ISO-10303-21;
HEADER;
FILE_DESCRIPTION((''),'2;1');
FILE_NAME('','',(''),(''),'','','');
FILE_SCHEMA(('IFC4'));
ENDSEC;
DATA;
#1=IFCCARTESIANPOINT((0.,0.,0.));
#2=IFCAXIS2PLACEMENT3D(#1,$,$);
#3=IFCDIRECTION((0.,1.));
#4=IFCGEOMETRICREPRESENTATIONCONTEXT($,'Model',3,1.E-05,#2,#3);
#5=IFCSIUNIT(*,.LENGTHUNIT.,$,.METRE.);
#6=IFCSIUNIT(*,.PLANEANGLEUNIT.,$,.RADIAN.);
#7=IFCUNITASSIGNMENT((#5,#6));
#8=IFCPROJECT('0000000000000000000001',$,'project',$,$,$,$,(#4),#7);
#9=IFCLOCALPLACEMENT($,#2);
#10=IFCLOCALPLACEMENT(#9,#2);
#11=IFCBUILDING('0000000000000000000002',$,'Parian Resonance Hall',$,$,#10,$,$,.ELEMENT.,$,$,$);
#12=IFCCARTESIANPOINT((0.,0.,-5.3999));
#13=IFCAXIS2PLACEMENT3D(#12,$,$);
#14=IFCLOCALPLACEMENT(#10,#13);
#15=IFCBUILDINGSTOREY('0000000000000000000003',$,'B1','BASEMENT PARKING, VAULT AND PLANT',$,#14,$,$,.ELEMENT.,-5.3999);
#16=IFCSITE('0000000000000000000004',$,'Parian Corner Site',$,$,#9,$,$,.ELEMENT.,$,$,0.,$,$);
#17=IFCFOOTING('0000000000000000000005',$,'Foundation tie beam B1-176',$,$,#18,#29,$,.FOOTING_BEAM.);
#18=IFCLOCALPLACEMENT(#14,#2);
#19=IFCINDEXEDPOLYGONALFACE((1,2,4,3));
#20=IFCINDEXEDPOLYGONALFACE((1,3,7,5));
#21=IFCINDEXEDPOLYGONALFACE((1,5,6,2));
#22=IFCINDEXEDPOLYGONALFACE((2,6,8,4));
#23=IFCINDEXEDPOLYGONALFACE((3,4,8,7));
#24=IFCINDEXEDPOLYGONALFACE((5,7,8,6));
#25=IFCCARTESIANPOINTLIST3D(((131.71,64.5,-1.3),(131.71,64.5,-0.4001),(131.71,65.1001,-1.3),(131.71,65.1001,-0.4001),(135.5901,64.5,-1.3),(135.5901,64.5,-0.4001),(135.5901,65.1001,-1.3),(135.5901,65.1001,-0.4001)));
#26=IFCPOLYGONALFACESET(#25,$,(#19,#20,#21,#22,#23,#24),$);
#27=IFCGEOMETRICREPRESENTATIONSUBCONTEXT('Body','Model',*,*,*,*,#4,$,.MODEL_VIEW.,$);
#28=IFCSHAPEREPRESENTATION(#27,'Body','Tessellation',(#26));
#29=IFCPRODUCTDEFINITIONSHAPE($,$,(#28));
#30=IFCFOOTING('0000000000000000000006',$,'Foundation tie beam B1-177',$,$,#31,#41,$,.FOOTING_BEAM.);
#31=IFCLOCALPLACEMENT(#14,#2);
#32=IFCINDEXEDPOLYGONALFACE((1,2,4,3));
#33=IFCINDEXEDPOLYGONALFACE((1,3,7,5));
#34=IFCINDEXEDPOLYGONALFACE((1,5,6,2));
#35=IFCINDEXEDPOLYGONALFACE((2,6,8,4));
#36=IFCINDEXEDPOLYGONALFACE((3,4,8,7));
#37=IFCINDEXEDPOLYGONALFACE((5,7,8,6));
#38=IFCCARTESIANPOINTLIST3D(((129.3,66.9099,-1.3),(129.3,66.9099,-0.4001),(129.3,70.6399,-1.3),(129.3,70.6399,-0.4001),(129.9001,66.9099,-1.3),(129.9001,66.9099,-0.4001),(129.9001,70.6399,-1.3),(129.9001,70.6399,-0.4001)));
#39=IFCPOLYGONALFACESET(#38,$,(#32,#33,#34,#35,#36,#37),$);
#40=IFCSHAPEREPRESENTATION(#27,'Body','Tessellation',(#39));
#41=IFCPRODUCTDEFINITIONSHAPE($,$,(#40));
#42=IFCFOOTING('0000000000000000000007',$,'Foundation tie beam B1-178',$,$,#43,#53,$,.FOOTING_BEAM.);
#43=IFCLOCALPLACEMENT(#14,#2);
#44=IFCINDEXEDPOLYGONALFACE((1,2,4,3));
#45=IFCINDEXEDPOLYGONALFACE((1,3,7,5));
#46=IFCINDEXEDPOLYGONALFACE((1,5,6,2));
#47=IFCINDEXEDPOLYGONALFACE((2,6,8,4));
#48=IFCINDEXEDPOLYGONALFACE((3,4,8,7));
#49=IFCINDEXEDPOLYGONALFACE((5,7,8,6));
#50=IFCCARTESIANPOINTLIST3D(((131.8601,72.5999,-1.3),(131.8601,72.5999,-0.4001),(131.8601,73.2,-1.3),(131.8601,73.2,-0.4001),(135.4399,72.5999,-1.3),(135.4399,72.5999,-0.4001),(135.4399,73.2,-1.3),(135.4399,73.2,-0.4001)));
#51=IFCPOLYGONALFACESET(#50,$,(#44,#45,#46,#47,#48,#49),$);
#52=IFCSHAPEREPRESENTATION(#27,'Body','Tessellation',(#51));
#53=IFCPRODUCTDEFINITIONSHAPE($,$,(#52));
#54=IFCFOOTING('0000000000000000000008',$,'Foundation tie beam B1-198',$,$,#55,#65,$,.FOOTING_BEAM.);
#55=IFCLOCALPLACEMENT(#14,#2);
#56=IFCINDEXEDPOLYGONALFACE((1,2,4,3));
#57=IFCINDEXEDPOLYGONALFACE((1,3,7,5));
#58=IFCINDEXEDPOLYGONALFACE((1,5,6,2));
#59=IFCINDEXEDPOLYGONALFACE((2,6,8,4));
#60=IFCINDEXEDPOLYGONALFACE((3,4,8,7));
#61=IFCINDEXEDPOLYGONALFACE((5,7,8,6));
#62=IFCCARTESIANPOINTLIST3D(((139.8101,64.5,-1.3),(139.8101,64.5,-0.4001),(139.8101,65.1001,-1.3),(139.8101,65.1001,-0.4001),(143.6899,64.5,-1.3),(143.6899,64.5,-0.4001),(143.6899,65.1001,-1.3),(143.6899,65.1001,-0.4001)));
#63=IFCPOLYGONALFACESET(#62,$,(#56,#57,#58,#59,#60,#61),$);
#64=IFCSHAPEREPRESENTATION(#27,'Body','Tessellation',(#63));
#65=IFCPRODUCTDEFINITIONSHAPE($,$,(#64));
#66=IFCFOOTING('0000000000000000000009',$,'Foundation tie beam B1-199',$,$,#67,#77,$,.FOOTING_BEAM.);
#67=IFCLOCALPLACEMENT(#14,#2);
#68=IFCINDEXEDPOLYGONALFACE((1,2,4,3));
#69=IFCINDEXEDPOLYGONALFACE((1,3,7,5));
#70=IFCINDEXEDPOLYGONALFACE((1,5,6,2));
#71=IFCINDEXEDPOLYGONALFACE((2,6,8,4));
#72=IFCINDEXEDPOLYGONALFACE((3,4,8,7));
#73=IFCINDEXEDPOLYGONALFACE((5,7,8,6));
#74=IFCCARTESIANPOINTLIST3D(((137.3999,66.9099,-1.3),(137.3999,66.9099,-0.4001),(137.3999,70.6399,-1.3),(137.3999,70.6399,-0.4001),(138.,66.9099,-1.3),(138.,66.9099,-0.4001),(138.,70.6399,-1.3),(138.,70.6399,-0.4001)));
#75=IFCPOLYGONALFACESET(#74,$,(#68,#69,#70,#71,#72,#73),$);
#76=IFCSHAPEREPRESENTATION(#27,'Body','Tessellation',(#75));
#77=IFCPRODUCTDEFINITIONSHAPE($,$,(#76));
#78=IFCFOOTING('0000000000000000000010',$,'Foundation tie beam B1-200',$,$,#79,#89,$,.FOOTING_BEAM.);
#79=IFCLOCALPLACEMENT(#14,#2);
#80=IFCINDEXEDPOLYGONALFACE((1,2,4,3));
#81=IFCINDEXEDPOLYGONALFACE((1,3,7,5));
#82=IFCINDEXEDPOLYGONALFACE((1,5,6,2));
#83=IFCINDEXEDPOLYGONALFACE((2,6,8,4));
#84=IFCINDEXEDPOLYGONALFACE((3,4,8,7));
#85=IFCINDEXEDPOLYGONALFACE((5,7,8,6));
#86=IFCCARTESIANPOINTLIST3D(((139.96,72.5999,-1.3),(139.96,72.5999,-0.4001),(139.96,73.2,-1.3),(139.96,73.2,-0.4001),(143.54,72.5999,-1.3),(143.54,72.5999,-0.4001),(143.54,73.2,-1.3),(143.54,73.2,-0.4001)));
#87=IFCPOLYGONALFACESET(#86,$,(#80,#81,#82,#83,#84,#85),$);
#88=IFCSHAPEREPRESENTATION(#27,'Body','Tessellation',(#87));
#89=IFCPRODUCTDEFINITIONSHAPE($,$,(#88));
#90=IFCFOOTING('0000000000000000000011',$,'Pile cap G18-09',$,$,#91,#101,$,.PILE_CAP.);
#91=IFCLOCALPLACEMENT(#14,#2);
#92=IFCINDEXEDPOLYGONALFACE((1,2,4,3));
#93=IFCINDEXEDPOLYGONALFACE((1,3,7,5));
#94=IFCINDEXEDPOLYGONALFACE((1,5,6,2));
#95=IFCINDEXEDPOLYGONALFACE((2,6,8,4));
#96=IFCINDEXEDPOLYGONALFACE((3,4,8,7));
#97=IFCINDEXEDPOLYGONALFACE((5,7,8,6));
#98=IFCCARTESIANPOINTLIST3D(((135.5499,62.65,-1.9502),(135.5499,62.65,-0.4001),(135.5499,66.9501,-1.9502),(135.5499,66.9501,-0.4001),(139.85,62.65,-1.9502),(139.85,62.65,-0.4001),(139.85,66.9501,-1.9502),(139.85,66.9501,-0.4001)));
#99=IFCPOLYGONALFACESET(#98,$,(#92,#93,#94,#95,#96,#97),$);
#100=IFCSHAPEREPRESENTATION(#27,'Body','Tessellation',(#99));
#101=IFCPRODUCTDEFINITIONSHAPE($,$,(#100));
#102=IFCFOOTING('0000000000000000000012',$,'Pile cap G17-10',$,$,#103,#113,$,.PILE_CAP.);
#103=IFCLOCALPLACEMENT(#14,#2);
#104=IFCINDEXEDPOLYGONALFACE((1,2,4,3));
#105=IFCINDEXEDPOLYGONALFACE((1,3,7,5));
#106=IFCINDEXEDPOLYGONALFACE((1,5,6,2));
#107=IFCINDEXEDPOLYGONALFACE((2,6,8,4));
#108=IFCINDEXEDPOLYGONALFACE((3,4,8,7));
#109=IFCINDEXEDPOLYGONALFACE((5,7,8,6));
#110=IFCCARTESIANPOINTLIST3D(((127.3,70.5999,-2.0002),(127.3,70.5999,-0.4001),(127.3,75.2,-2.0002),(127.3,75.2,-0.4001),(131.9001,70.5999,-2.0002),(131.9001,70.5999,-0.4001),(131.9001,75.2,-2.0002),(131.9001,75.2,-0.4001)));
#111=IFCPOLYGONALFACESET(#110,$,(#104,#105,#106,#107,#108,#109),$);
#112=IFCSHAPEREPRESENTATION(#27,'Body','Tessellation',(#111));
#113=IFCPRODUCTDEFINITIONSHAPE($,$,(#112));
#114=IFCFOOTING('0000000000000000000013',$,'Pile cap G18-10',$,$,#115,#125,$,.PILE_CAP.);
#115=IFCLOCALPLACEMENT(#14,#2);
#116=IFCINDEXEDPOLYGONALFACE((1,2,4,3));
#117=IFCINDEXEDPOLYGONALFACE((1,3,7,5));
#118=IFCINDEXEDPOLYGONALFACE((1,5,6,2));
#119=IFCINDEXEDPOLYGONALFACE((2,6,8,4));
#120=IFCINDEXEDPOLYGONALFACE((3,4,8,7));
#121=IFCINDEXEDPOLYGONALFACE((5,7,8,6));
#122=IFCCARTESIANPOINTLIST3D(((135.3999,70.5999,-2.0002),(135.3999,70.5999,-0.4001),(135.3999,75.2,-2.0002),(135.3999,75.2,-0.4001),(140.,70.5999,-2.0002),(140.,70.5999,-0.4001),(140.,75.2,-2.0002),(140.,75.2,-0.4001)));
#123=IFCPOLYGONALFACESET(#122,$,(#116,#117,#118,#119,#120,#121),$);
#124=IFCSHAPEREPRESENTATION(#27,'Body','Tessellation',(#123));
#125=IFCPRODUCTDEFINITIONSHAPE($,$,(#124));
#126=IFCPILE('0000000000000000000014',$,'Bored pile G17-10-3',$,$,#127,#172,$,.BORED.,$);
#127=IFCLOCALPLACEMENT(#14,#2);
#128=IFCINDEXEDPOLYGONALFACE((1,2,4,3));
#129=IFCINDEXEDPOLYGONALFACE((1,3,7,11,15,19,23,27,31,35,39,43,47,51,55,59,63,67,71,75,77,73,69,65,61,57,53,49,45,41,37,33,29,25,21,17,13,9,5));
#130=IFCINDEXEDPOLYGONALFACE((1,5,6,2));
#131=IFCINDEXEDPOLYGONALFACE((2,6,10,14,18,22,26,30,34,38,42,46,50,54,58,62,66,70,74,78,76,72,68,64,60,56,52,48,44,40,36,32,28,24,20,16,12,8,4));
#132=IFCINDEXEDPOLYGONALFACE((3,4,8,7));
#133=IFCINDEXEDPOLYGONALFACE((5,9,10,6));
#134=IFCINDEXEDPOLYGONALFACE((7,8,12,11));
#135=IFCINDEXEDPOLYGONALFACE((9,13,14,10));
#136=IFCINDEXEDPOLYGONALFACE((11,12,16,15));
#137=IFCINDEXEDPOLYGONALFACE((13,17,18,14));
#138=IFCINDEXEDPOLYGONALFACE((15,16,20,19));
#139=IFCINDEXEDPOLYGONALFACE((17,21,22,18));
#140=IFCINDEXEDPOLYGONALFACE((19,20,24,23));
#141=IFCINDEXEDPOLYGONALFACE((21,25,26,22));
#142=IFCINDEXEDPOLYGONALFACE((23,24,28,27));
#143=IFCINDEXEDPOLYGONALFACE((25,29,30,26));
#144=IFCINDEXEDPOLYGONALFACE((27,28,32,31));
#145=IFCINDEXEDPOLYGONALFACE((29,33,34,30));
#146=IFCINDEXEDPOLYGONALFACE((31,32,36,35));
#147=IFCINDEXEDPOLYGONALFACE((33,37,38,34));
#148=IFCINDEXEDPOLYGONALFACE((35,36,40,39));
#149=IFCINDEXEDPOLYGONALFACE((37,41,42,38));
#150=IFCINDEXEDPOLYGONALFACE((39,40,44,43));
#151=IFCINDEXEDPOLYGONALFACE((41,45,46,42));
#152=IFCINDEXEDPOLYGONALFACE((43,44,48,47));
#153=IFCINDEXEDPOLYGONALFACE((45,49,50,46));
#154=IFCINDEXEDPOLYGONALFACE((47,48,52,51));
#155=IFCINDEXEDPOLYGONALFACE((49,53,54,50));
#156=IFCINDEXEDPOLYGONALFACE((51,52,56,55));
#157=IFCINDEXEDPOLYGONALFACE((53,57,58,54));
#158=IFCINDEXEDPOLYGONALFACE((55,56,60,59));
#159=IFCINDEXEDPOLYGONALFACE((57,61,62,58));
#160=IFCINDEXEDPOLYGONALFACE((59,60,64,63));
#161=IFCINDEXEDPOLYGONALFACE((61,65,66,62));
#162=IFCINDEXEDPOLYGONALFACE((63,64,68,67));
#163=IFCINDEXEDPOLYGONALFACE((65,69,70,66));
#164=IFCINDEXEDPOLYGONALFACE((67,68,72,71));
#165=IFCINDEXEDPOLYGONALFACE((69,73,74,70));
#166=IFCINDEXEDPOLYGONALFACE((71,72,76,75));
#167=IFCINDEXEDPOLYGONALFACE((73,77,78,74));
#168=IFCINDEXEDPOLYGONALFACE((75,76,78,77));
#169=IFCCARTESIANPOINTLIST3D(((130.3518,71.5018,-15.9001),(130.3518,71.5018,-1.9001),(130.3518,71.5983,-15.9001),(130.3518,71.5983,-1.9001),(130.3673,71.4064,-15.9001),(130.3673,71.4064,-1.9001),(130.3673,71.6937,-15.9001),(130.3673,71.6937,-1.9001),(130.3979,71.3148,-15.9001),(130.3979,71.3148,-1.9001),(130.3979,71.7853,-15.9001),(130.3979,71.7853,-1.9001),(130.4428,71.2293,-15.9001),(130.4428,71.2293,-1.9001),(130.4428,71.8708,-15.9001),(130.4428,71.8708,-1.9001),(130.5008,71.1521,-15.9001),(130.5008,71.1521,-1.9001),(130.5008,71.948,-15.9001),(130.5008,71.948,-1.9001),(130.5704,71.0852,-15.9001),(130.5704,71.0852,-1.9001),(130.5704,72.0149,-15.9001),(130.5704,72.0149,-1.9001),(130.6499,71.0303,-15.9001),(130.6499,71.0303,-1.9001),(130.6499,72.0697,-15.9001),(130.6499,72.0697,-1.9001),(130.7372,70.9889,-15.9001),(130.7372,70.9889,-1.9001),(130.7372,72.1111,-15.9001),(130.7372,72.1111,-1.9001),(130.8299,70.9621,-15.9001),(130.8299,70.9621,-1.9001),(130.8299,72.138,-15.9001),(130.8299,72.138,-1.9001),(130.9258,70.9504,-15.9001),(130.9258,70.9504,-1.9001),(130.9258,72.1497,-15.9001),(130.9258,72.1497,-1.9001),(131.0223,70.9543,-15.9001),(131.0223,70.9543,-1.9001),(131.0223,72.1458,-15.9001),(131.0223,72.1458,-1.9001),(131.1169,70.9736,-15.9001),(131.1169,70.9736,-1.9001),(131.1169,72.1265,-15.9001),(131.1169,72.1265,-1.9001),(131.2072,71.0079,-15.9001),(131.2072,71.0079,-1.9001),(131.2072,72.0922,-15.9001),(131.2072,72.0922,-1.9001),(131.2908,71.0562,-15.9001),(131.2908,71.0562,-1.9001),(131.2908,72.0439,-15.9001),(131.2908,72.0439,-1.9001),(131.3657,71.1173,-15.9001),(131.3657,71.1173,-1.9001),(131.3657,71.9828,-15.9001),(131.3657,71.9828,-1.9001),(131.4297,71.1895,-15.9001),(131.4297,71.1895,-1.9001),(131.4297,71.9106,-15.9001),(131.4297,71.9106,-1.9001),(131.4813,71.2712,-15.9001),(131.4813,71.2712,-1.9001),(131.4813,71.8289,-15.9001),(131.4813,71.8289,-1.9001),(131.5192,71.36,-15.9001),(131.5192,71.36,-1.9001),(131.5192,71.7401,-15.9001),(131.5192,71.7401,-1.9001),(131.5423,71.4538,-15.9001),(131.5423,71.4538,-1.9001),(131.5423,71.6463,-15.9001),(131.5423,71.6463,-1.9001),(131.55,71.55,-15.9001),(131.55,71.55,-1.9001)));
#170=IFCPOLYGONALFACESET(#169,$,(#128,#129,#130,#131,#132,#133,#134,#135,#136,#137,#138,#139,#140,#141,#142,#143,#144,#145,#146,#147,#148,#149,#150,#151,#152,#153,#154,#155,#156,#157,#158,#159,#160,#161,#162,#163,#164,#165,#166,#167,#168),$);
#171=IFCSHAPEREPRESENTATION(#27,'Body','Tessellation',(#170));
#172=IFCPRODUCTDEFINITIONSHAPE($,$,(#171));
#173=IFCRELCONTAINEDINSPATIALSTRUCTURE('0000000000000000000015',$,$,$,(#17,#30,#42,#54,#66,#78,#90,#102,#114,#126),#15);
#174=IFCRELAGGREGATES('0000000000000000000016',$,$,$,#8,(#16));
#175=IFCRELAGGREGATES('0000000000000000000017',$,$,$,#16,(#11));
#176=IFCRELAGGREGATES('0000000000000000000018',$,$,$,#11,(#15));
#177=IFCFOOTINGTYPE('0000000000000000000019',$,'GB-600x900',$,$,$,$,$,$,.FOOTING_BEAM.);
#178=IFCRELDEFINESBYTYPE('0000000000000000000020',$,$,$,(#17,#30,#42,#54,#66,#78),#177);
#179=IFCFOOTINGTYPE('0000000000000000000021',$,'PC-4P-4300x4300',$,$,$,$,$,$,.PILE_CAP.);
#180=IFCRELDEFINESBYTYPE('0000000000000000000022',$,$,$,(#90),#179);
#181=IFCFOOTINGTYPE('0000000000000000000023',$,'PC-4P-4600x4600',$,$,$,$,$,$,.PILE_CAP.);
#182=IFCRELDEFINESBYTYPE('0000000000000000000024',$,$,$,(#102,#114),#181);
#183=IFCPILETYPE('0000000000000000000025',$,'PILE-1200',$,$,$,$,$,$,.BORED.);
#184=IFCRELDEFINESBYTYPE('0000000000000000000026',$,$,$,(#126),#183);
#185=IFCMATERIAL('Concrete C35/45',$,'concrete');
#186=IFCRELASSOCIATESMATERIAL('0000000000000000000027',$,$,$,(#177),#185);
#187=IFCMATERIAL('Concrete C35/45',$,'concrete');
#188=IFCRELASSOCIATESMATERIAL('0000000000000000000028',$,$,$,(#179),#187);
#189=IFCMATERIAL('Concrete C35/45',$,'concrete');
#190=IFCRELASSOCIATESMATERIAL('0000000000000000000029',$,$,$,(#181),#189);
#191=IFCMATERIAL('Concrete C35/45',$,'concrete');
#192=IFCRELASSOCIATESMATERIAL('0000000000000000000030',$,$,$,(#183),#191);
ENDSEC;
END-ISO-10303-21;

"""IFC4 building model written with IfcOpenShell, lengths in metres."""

from ifc_helpers import new_model, si_unit, direction, frame, origin, origin_2d, place, context, subcontext, project, spatial, rectangle, circle, extrude, material, material_profile, profile_set, type_object, element, save


model = new_model("IFC4")

# Units and contexts
model_context = context("Model", 3, precision=1e-05, world=origin(), true_north=direction((0.0, 1.0)))
body_context = subcontext(model_context, "Body", "Model", "MODEL_VIEW")
ifc_project = project(units=[si_unit("LENGTHUNIT", "METRE"), si_unit("PLANEANGLEUNIT", "RADIAN")], contexts=[model_context])

# Site, building, storey
site_placement = place(None, origin())
site = spatial("IfcSite", under=ifc_project, at=site_placement, Name="Parian Corner Site", CompositionType="ELEMENT", RefElevation=0.0)
building_placement = place(site_placement, origin())
building = spatial("IfcBuilding", under=site, at=building_placement, Name="Parian Resonance Hall", CompositionType="ELEMENT")
storey_placement = place(building_placement, frame((0.0, 0.0, -5.3999)))
storey = spatial("IfcBuildingStorey", under=building, at=storey_placement, Name="B1", Description="BASEMENT PARKING, VAULT AND PLANT", CompositionType="ELEMENT", Elevation=-5.3999)

# Footings
ifc_material_1 = material(Name="Concrete C35/45", Category="concrete")
ifc_material_profile_1 = material_profile(ifc_material_1, rectangle(XDim=0.6001, YDim=0.8999, at=origin_2d()), Name="RC-GB-600x900")
ifc_profile_set_1 = profile_set([ifc_material_profile_1], Name="Concrete C35/45")
footing_type_1 = type_object("IfcFootingType", Name="GB-600x900", PredefinedType="FOOTING_BEAM", material=ifc_profile_set_1)
footing_1_placement = place(storey_placement, frame((131.71, 64.8, -0.8501), z_axis=(1.0, 0.0, 0.0), x_axis=(0.0, 1.0, 0.0)))
element("IfcFooting", 1, at=footing_1_placement, inside=storey, type_object=footing_type_1, Name="Foundation tie beam B1-176", PredefinedType="FOOTING_BEAM", context=body_context, shape_type="SweptSolid", body=[
    extrude(rectangle(XDim=0.6001, YDim=0.8999, at=origin_2d()), origin(), (0.0, 0.0, 1.0), 3.8801),
])
footing_2_placement = place(storey_placement, frame((129.6001, 66.9099, -0.8501), z_axis=(0.0, 1.0, 0.0), x_axis=(-1.0, 0.0, 0.0)))
element("IfcFooting", 2, at=footing_2_placement, inside=storey, type_object=footing_type_1, Name="Foundation tie beam B1-177", PredefinedType="FOOTING_BEAM", context=body_context, shape_type="SweptSolid", body=[
    extrude(rectangle(XDim=0.6001, YDim=0.8999, at=origin_2d()), origin(), (0.0, 0.0, 1.0), 3.73),
])
footing_3_placement = place(storey_placement, frame((131.8601, 72.8999, -0.8501), z_axis=(1.0, 0.0, 0.0), x_axis=(0.0, 1.0, 0.0)))
element("IfcFooting", 3, at=footing_3_placement, inside=storey, type_object=footing_type_1, Name="Foundation tie beam B1-178", PredefinedType="FOOTING_BEAM", context=body_context, shape_type="SweptSolid", body=[
    extrude(rectangle(XDim=0.6001, YDim=0.8999, at=origin_2d()), origin(), (0.0, 0.0, 1.0), 3.5798),
])
footing_4_placement = place(storey_placement, frame((139.8101, 64.8, -0.8501), z_axis=(1.0, 0.0, 0.0), x_axis=(0.0, 1.0, 0.0)))
element("IfcFooting", 4, at=footing_4_placement, inside=storey, type_object=footing_type_1, Name="Foundation tie beam B1-198", PredefinedType="FOOTING_BEAM", context=body_context, shape_type="SweptSolid", body=[
    extrude(rectangle(XDim=0.6001, YDim=0.8999, at=origin_2d()), origin(), (0.0, 0.0, 1.0), 3.8799),
])
footing_5_placement = place(storey_placement, frame((137.7, 66.9099, -0.8501), z_axis=(0.0, 1.0, 0.0), x_axis=(-1.0, 0.0, 0.0)))
element("IfcFooting", 5, at=footing_5_placement, inside=storey, type_object=footing_type_1, Name="Foundation tie beam B1-199", PredefinedType="FOOTING_BEAM", context=body_context, shape_type="SweptSolid", body=[
    extrude(rectangle(XDim=0.6001, YDim=0.8999, at=origin_2d()), origin(), (0.0, 0.0, 1.0), 3.73),
])
footing_6_placement = place(storey_placement, frame((139.96, 72.8999, -0.8501), z_axis=(1.0, 0.0, 0.0), x_axis=(0.0, 1.0, 0.0)))
element("IfcFooting", 6, at=footing_6_placement, inside=storey, type_object=footing_type_1, Name="Foundation tie beam B1-200", PredefinedType="FOOTING_BEAM", context=body_context, shape_type="SweptSolid", body=[
    extrude(rectangle(XDim=0.6001, YDim=0.8999, at=origin_2d()), origin(), (0.0, 0.0, 1.0), 3.5801),
])
ifc_material_2 = material(Name="Concrete C35/45", Category="concrete")
footing_type_2 = type_object("IfcFootingType", Name="PC-4P-4300x4300", PredefinedType="PILE_CAP", material=ifc_material_2)
footing_7_placement = place(storey_placement, frame((137.7, 64.8, -1.9502), z_axis=(0.0, 0.0, 1.0), x_axis=(1.0, 0.0, 0.0)))
element("IfcFooting", 7, at=footing_7_placement, inside=storey, type_object=footing_type_2, Name="Pile cap G18-09", PredefinedType="PILE_CAP", context=body_context, shape_type="SweptSolid", body=[
    extrude(rectangle(XDim=4.3, YDim=4.3, at=origin_2d()), origin(), (0.0, 0.0, 1.0), 1.55),
])
ifc_material_3 = material(Name="Concrete C35/45", Category="concrete")
footing_type_3 = type_object("IfcFootingType", Name="PC-4P-4600x4600", PredefinedType="PILE_CAP", material=ifc_material_3)
for number, where, z_axis, x_axis, name in (
    (8, (129.6001, 72.8999, -2.0002), (0.0, 0.0, 1.0), (1.0, 0.0, 0.0), "Pile cap G17-10"),
    (9, (137.7, 72.8999, -2.0002), (0.0, 0.0, 1.0), (1.0, 0.0, 0.0), "Pile cap G18-10"),
):
    element("IfcFooting", number, at=place(storey_placement, frame(where, z_axis=z_axis, x_axis=x_axis)), inside=storey, type_object=footing_type_3, Name=name, PredefinedType="PILE_CAP", context=body_context, shape_type="SweptSolid", body=[
        extrude(rectangle(XDim=4.6001, YDim=4.6001, at=origin_2d()), origin(), (0.0, 0.0, 1.0), 1.6001),
    ])

# Pile
ifc_material_4 = material(Name="Concrete C35/45", Category="concrete")
ifc_material_profile_2 = material_profile(ifc_material_4, circle(Radius=0.6001, at=origin_2d()), Name="PILE-D1200")
ifc_profile_set_2 = profile_set([ifc_material_profile_2], Name="Concrete C35/45")
pile_type_1 = type_object("IfcPileType", Name="PILE-1200", PredefinedType="BORED", material=ifc_profile_set_2)
for number, where, z_axis, x_axis, name in (
    (10, (130.95, 71.55, -1.9001), (0.0, 0.0, -1.0), (1.0, 0.0, 0.0), "Bored pile G17-10-3"),
):
    element("IfcPile", number, at=place(storey_placement, frame(where, z_axis=z_axis, x_axis=x_axis)), inside=storey, type_object=pile_type_1, Name=name, PredefinedType="BORED", context=body_context, shape_type="SweptSolid", body=[
        extrude(circle(Radius=0.6001, at=origin_2d()), origin(), (0.0, 0.0, 1.0), 14.0),
    ])

save(model, "model.ifc")
